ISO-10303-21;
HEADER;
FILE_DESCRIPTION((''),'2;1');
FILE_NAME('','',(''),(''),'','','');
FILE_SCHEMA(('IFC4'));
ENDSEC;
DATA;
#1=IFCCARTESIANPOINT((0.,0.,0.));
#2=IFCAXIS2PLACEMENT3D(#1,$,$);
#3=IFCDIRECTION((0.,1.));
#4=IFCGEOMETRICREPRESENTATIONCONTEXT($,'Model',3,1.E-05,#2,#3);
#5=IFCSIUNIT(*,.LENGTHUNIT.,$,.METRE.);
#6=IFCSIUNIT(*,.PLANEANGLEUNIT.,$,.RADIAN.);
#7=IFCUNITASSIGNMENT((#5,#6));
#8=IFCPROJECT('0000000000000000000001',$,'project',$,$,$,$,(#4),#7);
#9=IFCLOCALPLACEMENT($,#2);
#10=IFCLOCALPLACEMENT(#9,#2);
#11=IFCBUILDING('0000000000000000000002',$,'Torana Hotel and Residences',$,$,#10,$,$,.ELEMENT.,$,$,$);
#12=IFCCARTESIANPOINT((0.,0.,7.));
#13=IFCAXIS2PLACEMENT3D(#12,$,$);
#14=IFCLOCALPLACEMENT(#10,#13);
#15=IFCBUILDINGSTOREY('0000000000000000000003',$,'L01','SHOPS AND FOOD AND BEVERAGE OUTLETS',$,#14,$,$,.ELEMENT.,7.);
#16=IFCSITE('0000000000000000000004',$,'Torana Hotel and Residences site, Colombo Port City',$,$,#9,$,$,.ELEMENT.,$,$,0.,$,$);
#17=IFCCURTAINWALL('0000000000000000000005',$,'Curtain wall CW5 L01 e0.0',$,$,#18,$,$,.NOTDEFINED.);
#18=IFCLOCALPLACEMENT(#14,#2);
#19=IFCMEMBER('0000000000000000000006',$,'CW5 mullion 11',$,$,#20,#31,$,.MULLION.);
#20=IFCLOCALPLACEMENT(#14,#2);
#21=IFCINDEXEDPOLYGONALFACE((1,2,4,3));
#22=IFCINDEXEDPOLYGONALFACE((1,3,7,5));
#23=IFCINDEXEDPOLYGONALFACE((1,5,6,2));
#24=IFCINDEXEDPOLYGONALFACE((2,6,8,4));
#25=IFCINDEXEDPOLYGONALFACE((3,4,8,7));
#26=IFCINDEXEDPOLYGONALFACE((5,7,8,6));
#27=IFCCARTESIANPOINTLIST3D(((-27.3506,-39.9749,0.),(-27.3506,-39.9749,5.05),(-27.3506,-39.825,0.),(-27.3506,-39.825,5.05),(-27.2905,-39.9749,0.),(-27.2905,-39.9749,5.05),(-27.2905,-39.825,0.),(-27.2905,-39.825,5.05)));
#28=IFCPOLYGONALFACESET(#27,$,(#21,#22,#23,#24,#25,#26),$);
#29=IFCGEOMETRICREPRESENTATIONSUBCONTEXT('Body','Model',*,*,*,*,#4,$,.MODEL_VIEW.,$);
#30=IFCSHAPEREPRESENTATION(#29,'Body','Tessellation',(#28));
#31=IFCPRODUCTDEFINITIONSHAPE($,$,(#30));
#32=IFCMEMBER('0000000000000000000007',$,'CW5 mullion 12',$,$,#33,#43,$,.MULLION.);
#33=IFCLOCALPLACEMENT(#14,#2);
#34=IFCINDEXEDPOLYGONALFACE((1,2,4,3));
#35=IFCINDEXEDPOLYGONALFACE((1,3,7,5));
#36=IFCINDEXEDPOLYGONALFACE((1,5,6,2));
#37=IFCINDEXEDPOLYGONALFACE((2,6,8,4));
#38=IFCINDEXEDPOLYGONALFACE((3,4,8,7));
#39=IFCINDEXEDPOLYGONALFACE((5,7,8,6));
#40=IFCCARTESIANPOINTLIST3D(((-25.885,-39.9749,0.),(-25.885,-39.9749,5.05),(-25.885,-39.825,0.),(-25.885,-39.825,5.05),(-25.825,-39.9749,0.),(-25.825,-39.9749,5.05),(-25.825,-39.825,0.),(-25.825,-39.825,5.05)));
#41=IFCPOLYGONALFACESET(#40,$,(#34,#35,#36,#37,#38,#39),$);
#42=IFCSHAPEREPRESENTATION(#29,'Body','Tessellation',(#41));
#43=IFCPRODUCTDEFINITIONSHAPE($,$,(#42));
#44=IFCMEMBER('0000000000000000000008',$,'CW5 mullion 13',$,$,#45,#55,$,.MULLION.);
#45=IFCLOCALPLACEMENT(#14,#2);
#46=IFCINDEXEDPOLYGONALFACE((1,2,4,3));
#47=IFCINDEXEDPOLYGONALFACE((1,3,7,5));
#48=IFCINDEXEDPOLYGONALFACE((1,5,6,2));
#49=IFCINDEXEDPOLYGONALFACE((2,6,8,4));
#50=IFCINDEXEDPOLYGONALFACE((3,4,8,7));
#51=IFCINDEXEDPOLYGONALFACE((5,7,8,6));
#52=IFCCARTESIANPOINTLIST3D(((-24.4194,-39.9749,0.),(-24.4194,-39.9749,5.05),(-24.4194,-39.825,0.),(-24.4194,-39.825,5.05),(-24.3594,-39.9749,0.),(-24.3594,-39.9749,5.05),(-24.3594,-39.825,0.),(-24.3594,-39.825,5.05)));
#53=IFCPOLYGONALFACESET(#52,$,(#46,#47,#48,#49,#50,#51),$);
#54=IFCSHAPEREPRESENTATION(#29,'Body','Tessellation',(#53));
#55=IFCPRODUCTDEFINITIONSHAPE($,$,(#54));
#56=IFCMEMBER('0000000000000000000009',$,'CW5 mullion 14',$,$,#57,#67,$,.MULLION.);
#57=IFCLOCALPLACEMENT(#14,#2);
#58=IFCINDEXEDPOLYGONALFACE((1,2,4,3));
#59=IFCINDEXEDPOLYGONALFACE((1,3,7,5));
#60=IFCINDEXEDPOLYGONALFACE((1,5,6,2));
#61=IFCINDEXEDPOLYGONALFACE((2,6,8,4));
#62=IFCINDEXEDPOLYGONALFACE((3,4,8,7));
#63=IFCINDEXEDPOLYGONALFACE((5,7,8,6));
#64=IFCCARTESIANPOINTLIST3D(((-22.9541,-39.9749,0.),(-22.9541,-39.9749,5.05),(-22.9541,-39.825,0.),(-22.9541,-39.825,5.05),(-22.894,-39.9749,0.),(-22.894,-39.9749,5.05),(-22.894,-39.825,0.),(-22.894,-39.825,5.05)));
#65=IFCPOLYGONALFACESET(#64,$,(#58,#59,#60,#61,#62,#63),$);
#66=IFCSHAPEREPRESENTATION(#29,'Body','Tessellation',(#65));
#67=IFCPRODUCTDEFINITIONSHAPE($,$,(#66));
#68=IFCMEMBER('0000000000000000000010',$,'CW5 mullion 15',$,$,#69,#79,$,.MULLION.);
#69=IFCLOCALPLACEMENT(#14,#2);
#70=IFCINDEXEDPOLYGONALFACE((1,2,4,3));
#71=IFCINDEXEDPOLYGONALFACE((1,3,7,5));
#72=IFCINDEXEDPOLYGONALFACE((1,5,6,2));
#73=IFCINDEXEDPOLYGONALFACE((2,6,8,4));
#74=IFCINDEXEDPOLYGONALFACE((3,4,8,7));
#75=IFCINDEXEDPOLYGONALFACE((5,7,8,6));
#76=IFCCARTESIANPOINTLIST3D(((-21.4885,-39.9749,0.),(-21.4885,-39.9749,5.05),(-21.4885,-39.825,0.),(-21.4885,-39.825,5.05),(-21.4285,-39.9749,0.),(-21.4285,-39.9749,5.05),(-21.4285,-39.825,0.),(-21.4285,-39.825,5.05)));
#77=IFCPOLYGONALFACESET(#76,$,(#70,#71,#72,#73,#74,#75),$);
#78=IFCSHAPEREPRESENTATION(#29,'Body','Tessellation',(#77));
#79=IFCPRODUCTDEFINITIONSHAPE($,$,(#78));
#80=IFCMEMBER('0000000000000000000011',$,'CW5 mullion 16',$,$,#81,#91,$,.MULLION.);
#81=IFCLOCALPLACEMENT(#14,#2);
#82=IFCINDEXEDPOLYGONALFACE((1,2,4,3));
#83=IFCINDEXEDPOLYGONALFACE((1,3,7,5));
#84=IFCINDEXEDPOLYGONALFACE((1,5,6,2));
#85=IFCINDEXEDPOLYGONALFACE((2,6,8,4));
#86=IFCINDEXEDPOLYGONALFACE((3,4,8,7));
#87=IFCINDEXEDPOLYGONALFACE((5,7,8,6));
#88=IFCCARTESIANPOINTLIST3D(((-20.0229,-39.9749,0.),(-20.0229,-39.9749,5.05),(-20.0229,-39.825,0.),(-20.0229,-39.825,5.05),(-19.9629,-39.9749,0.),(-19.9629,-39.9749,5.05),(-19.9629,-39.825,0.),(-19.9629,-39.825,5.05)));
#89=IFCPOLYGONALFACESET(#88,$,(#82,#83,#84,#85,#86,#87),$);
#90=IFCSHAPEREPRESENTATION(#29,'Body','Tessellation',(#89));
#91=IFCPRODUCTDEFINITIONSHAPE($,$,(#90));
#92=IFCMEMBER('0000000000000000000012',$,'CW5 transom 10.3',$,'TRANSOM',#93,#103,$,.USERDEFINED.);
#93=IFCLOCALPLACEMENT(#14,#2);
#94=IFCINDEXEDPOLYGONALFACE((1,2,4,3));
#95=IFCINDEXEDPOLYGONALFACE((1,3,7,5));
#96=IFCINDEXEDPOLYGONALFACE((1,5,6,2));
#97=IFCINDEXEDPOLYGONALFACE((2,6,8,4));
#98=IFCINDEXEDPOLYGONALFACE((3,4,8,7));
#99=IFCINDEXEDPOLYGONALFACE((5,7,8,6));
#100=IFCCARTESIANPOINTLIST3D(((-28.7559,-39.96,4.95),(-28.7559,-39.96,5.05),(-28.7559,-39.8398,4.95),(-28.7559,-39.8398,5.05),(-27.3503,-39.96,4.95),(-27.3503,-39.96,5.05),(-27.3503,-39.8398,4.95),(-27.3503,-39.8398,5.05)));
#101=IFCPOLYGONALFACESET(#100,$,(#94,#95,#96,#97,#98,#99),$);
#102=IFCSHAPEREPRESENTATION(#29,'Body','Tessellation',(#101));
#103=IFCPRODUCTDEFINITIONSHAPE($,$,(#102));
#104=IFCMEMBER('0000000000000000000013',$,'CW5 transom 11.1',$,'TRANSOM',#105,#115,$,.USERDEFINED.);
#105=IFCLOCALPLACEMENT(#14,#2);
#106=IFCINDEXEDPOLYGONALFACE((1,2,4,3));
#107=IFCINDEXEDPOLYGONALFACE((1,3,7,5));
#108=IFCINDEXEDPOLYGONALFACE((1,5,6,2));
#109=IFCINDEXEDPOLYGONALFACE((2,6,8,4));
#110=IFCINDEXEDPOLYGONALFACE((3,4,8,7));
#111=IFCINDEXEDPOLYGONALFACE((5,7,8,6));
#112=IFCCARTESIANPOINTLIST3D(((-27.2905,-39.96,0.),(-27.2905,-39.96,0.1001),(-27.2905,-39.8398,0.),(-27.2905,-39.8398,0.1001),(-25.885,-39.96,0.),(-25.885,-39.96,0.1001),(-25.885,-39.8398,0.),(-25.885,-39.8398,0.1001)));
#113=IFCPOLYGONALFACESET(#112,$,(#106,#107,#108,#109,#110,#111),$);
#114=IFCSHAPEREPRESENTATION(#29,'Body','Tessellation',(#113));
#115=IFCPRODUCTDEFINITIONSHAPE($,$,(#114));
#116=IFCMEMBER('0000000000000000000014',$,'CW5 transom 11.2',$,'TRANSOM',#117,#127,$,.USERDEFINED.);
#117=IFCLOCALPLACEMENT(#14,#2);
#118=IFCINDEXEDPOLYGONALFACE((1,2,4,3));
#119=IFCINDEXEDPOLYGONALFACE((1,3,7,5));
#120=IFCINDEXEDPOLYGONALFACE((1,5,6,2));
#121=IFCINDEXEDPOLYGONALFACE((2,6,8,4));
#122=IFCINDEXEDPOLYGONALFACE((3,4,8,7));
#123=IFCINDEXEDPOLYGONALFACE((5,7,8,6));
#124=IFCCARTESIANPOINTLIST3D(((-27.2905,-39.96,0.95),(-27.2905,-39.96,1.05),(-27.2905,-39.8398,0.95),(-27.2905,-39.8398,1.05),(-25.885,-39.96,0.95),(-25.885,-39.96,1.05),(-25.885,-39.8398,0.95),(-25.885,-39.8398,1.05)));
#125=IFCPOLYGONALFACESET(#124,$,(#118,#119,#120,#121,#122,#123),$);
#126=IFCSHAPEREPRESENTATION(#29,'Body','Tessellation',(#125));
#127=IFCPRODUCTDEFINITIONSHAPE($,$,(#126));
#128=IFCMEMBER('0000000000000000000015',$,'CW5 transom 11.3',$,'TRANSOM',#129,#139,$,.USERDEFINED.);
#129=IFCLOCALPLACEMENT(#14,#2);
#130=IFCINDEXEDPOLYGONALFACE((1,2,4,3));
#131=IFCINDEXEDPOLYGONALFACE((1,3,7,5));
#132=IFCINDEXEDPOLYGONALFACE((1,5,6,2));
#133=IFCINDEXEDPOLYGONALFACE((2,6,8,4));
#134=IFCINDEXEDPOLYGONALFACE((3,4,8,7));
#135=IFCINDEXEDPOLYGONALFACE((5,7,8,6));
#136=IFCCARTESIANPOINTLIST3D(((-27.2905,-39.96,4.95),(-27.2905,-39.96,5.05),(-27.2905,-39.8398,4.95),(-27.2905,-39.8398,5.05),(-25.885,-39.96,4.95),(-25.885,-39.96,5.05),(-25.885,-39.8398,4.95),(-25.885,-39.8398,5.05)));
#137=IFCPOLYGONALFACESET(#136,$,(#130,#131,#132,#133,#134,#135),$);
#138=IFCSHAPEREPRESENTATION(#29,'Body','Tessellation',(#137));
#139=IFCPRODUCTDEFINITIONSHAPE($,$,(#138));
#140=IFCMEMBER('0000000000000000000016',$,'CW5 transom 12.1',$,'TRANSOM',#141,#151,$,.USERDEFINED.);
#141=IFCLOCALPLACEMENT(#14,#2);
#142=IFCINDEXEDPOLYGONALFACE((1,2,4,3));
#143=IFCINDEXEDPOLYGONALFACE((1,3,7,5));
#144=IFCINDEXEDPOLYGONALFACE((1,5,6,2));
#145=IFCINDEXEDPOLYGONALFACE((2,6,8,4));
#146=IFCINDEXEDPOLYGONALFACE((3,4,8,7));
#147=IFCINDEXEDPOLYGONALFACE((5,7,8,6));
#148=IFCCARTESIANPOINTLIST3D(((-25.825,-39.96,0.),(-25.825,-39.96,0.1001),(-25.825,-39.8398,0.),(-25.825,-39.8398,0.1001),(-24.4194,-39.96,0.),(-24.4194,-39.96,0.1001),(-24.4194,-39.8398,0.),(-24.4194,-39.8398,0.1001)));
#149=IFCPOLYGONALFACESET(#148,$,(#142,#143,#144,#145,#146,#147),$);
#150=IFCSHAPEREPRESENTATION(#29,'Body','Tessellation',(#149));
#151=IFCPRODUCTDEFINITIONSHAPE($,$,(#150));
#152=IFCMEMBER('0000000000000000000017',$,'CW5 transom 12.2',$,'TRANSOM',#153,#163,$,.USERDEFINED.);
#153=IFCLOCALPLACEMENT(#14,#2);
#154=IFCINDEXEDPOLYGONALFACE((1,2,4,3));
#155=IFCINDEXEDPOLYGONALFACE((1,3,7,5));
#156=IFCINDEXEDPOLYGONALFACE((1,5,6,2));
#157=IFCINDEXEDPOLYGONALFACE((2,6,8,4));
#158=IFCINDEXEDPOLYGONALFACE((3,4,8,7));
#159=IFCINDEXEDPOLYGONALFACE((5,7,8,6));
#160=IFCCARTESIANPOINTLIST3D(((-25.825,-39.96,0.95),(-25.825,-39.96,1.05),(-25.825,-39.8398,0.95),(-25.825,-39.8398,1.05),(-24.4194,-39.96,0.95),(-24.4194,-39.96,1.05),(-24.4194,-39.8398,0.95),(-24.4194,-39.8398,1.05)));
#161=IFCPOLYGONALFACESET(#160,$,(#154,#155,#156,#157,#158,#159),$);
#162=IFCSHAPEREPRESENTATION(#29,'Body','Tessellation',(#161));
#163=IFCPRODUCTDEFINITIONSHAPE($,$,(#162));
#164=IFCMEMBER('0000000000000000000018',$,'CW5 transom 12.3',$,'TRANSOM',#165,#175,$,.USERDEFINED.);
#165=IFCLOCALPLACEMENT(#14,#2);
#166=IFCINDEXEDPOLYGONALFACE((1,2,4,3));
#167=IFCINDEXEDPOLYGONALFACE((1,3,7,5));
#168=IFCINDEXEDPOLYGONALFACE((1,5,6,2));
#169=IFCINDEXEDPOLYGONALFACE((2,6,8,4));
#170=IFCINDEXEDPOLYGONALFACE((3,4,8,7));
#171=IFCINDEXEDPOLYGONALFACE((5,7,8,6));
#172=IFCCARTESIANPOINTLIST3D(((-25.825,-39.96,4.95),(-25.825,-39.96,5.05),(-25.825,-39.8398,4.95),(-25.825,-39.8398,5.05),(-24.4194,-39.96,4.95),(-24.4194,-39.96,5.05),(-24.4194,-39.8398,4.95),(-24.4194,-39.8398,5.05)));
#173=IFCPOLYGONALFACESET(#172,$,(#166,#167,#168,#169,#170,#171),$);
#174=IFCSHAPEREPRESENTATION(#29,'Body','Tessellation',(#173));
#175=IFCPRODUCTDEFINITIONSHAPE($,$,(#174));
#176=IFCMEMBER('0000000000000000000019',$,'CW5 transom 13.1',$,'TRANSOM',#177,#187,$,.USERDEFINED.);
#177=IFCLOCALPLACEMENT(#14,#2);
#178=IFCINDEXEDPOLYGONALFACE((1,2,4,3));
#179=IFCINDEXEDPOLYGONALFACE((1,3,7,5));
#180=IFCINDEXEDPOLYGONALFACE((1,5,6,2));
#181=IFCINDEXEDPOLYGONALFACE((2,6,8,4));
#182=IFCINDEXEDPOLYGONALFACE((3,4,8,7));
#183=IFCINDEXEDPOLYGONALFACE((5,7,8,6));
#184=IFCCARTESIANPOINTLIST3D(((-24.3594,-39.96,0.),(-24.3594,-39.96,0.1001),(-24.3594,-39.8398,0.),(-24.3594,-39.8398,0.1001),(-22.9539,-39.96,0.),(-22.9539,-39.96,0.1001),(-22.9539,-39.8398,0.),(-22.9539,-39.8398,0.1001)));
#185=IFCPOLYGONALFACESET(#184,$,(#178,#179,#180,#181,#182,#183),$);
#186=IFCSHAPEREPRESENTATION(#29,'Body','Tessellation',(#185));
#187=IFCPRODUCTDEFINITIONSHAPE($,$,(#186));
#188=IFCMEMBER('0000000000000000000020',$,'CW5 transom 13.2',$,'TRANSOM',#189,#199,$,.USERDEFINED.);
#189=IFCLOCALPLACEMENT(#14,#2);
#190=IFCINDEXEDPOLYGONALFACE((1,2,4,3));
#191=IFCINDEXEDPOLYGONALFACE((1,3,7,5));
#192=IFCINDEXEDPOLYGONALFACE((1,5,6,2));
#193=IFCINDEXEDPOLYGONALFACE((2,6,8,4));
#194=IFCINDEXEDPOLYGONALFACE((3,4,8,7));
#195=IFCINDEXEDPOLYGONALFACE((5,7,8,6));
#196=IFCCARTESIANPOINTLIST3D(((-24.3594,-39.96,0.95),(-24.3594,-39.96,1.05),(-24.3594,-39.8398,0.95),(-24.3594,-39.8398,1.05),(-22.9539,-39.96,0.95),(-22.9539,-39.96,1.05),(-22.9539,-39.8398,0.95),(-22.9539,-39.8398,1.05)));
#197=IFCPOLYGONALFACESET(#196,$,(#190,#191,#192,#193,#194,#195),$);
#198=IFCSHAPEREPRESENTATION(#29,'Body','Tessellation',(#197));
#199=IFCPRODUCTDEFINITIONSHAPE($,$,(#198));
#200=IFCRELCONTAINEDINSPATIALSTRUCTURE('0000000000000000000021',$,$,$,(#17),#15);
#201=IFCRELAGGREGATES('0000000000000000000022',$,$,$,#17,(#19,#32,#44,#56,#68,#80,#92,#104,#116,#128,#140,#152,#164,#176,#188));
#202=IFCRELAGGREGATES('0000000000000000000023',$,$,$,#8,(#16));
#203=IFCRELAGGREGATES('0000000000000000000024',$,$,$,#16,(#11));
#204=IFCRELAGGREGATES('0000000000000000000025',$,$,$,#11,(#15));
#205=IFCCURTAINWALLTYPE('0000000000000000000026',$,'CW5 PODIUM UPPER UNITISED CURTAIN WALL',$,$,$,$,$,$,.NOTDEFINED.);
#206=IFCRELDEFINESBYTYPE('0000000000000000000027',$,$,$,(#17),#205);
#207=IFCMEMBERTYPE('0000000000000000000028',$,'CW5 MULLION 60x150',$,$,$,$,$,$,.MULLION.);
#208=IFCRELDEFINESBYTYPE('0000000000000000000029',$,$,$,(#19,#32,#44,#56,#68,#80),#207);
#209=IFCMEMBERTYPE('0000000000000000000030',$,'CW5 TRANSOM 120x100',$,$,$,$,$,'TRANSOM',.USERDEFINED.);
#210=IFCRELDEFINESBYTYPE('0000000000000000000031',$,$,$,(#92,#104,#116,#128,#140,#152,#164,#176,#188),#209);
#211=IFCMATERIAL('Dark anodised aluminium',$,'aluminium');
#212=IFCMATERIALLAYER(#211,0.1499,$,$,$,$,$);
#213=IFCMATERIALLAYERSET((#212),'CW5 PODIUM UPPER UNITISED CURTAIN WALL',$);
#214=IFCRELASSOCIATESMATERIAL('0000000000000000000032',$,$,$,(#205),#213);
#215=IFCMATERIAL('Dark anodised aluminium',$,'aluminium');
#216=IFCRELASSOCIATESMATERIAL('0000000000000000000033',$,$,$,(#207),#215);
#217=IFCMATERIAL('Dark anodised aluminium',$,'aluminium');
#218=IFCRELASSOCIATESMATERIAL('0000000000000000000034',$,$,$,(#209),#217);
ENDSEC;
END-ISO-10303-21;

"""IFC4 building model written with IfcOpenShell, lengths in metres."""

from ifc_helpers import new_model, si_unit, direction, frame, origin, origin_2d, place, context, subcontext, project, spatial, rectangle, extrude, material, layer, layer_set, material_profile, profile_set, type_object, element, aggregate, save


model = new_model("IFC4")

# Units and contexts
model_context = context("Model", 3, precision=1e-05, world=origin(), true_north=direction((0.0, 1.0)))
body_context = subcontext(model_context, "Body", "Model", "MODEL_VIEW")
ifc_project = project(units=[si_unit("LENGTHUNIT", "METRE"), si_unit("PLANEANGLEUNIT", "RADIAN")], contexts=[model_context])

# Site, building, storey
site_placement = place(None, origin())
site = spatial("IfcSite", under=ifc_project, at=site_placement, Name="Torana Hotel and Residences site, Colombo Port City", CompositionType="ELEMENT", RefElevation=0.0)
building_placement = place(site_placement, origin())
building = spatial("IfcBuilding", under=site, at=building_placement, Name="Torana Hotel and Residences", CompositionType="ELEMENT")
storey_placement = place(building_placement, frame((0.0, 0.0, 7.0)))
storey = spatial("IfcBuildingStorey", under=building, at=storey_placement, Name="L01", Description="SHOPS AND FOOD AND BEVERAGE OUTLETS", CompositionType="ELEMENT", Elevation=7.0)

# Curtain wall, members
ifc_material_1 = material(Name="Dark anodised aluminium", Category="aluminium")
ifc_layer_1 = layer(ifc_material_1, 0.1499)
ifc_layer_set_1 = layer_set([ifc_layer_1], Name="CW5 PODIUM UPPER UNITISED CURTAIN WALL")
curtain_wall_type = type_object("IfcCurtainWallType", Name="CW5 PODIUM UPPER UNITISED CURTAIN WALL", PredefinedType="NOTDEFINED", material=ifc_layer_set_1)
curtain_wall_placement = place(storey_placement, origin())
curtain_wall = element("IfcCurtainWall", 1, at=curtain_wall_placement, inside=storey, type_object=curtain_wall_type, Name="Curtain wall CW5 L01 e0.0", PredefinedType="NOTDEFINED")
ifc_material_2 = material(Name="Dark anodised aluminium", Category="aluminium")
ifc_material_profile_1 = material_profile(ifc_material_2, rectangle(XDim=0.1499, YDim=0.0601, at=origin_2d()), Name="CW5 MULLION 60x150")
ifc_profile_set_1 = profile_set([ifc_material_profile_1], Name="Dark anodised aluminium")
member_type_1 = type_object("IfcMemberType", Name="CW5 MULLION 60x150", PredefinedType="MULLION", material=ifc_profile_set_1)
member_1_placement = place(storey_placement, frame((-27.3206, -39.8999, 0.0), z_axis=(0.0, 0.0, 1.0), x_axis=(0.0, 1.0, 0.0)))
member_1 = element("IfcMember", 2, at=member_1_placement, type_object=member_type_1, Name="CW5 mullion 11", PredefinedType="MULLION", context=body_context, shape_type="SweptSolid", body=[
    extrude(rectangle(XDim=0.1499, YDim=0.0601, at=origin_2d()), origin(), (0.0, 0.0, 1.0), 5.05),
])
member_2_placement = place(storey_placement, frame((-25.855, -39.8999, 0.0), z_axis=(0.0, 0.0, 1.0), x_axis=(0.0, 1.0, 0.0)))
member_2 = element("IfcMember", 3, at=member_2_placement, type_object=member_type_1, Name="CW5 mullion 12", PredefinedType="MULLION", context=body_context, shape_type="SweptSolid", body=[
    extrude(rectangle(XDim=0.1499, YDim=0.0601, at=origin_2d()), origin(), (0.0, 0.0, 1.0), 5.05),
])
member_3_placement = place(storey_placement, frame((-24.3894, -39.8999, 0.0), z_axis=(0.0, 0.0, 1.0), x_axis=(0.0, 1.0, 0.0)))
member_3 = element("IfcMember", 4, at=member_3_placement, type_object=member_type_1, Name="CW5 mullion 13", PredefinedType="MULLION", context=body_context, shape_type="SweptSolid", body=[
    extrude(rectangle(XDim=0.1499, YDim=0.0601, at=origin_2d()), origin(), (0.0, 0.0, 1.0), 5.05),
])
member_4_placement = place(storey_placement, frame((-22.9241, -39.8999, 0.0), z_axis=(0.0, 0.0, 1.0), x_axis=(0.0, 1.0, 0.0)))
member_4 = element("IfcMember", 5, at=member_4_placement, type_object=member_type_1, Name="CW5 mullion 14", PredefinedType="MULLION", context=body_context, shape_type="SweptSolid", body=[
    extrude(rectangle(XDim=0.1499, YDim=0.0601, at=origin_2d()), origin(), (0.0, 0.0, 1.0), 5.05),
])
member_5_placement = place(storey_placement, frame((-21.4585, -39.8999, 0.0), z_axis=(0.0, 0.0, 1.0), x_axis=(0.0, 1.0, 0.0)))
member_5 = element("IfcMember", 6, at=member_5_placement, type_object=member_type_1, Name="CW5 mullion 15", PredefinedType="MULLION", context=body_context, shape_type="SweptSolid", body=[
    extrude(rectangle(XDim=0.1499, YDim=0.0601, at=origin_2d()), origin(), (0.0, 0.0, 1.0), 5.05),
])
member_6_placement = place(storey_placement, frame((-19.9929, -39.8999, 0.0), z_axis=(0.0, 0.0, 1.0), x_axis=(0.0, 1.0, 0.0)))
member_6 = element("IfcMember", 7, at=member_6_placement, type_object=member_type_1, Name="CW5 mullion 16", PredefinedType="MULLION", context=body_context, shape_type="SweptSolid", body=[
    extrude(rectangle(XDim=0.1499, YDim=0.0601, at=origin_2d()), origin(), (0.0, 0.0, 1.0), 5.05),
])
ifc_material_3 = material(Name="Dark anodised aluminium", Category="aluminium")
ifc_material_profile_2 = material_profile(ifc_material_3, rectangle(XDim=0.1201, YDim=0.1001, at=origin_2d()), Name="CW5 TRANSOM 120x100")
ifc_profile_set_2 = profile_set([ifc_material_profile_2], Name="Dark anodised aluminium")
member_type_2 = type_object("IfcMemberType", Name="CW5 TRANSOM 120x100", ElementType="TRANSOM", PredefinedType="USERDEFINED", material=ifc_profile_set_2)
member_7_placement = place(storey_placement, frame((-28.7559, -39.8999, 5.0), z_axis=(1.0, 0.0, 0.0), x_axis=(0.0, 1.0, 0.0)))
member_7 = element("IfcMember", 8, at=member_7_placement, type_object=member_type_2, Name="CW5 transom 10.3", ObjectType="TRANSOM", PredefinedType="USERDEFINED", context=body_context, shape_type="SweptSolid", body=[
    extrude(rectangle(XDim=0.1201, YDim=0.1001, at=origin_2d()), origin(), (0.0, 0.0, 1.0), 1.4055),
])
member_8_placement = place(storey_placement, frame((-27.2905, -39.8999, 0.05), z_axis=(1.0, 0.0, 0.0), x_axis=(0.0, 1.0, 0.0)))
member_8 = element("IfcMember", 9, at=member_8_placement, type_object=member_type_2, Name="CW5 transom 11.1", ObjectType="TRANSOM", PredefinedType="USERDEFINED", context=body_context, shape_type="SweptSolid", body=[
    extrude(rectangle(XDim=0.1201, YDim=0.1001, at=origin_2d()), origin(), (0.0, 0.0, 1.0), 1.4055),
])
member_9_placement = place(storey_placement, frame((-27.2905, -39.8999, 1.0), z_axis=(1.0, 0.0, 0.0), x_axis=(0.0, 1.0, 0.0)))
member_9 = element("IfcMember", 10, at=member_9_placement, type_object=member_type_2, Name="CW5 transom 11.2", ObjectType="TRANSOM", PredefinedType="USERDEFINED", context=body_context, shape_type="SweptSolid", body=[
    extrude(rectangle(XDim=0.1201, YDim=0.1001, at=origin_2d()), origin(), (0.0, 0.0, 1.0), 1.4055),
])
member_10_placement = place(storey_placement, frame((-27.2905, -39.8999, 5.0), z_axis=(1.0, 0.0, 0.0), x_axis=(0.0, 1.0, 0.0)))
member_10 = element("IfcMember", 11, at=member_10_placement, type_object=member_type_2, Name="CW5 transom 11.3", ObjectType="TRANSOM", PredefinedType="USERDEFINED", context=body_context, shape_type="SweptSolid", body=[
    extrude(rectangle(XDim=0.1201, YDim=0.1001, at=origin_2d()), origin(), (0.0, 0.0, 1.0), 1.4055),
])
member_11_placement = place(storey_placement, frame((-25.825, -39.8999, 0.05), z_axis=(1.0, 0.0, 0.0), x_axis=(0.0, 1.0, 0.0)))
member_11 = element("IfcMember", 12, at=member_11_placement, type_object=member_type_2, Name="CW5 transom 12.1", ObjectType="TRANSOM", PredefinedType="USERDEFINED", context=body_context, shape_type="SweptSolid", body=[
    extrude(rectangle(XDim=0.1201, YDim=0.1001, at=origin_2d()), origin(), (0.0, 0.0, 1.0), 1.4055),
])
member_12_placement = place(storey_placement, frame((-25.825, -39.8999, 1.0), z_axis=(1.0, 0.0, 0.0), x_axis=(0.0, 1.0, 0.0)))
member_12 = element("IfcMember", 13, at=member_12_placement, type_object=member_type_2, Name="CW5 transom 12.2", ObjectType="TRANSOM", PredefinedType="USERDEFINED", context=body_context, shape_type="SweptSolid", body=[
    extrude(rectangle(XDim=0.1201, YDim=0.1001, at=origin_2d()), origin(), (0.0, 0.0, 1.0), 1.4055),
])
member_13_placement = place(storey_placement, frame((-25.825, -39.8999, 5.0), z_axis=(1.0, 0.0, 0.0), x_axis=(0.0, 1.0, 0.0)))
member_13 = element("IfcMember", 14, at=member_13_placement, type_object=member_type_2, Name="CW5 transom 12.3", ObjectType="TRANSOM", PredefinedType="USERDEFINED", context=body_context, shape_type="SweptSolid", body=[
    extrude(rectangle(XDim=0.1201, YDim=0.1001, at=origin_2d()), origin(), (0.0, 0.0, 1.0), 1.4055),
])
member_14_placement = place(storey_placement, frame((-24.3594, -39.8999, 0.05), z_axis=(1.0, 0.0, 0.0), x_axis=(0.0, 1.0, 0.0)))
member_14 = element("IfcMember", 15, at=member_14_placement, type_object=member_type_2, Name="CW5 transom 13.1", ObjectType="TRANSOM", PredefinedType="USERDEFINED", context=body_context, shape_type="SweptSolid", body=[
    extrude(rectangle(XDim=0.1201, YDim=0.1001, at=origin_2d()), origin(), (0.0, 0.0, 1.0), 1.4055),
])
member_15_placement = place(storey_placement, frame((-24.3594, -39.8999, 1.0), z_axis=(1.0, 0.0, 0.0), x_axis=(0.0, 1.0, 0.0)))
member_15 = element("IfcMember", 16, at=member_15_placement, type_object=member_type_2, Name="CW5 transom 13.2", ObjectType="TRANSOM", PredefinedType="USERDEFINED", context=body_context, shape_type="SweptSolid", body=[
    extrude(rectangle(XDim=0.1201, YDim=0.1001, at=origin_2d()), origin(), (0.0, 0.0, 1.0), 1.4055),
])
aggregate(curtain_wall, [member_1, member_2, member_3, member_4, member_5, member_6, member_7, member_8, member_9, member_10, member_11, member_12, member_13, member_14, member_15])

save(model, "model.ifc")
